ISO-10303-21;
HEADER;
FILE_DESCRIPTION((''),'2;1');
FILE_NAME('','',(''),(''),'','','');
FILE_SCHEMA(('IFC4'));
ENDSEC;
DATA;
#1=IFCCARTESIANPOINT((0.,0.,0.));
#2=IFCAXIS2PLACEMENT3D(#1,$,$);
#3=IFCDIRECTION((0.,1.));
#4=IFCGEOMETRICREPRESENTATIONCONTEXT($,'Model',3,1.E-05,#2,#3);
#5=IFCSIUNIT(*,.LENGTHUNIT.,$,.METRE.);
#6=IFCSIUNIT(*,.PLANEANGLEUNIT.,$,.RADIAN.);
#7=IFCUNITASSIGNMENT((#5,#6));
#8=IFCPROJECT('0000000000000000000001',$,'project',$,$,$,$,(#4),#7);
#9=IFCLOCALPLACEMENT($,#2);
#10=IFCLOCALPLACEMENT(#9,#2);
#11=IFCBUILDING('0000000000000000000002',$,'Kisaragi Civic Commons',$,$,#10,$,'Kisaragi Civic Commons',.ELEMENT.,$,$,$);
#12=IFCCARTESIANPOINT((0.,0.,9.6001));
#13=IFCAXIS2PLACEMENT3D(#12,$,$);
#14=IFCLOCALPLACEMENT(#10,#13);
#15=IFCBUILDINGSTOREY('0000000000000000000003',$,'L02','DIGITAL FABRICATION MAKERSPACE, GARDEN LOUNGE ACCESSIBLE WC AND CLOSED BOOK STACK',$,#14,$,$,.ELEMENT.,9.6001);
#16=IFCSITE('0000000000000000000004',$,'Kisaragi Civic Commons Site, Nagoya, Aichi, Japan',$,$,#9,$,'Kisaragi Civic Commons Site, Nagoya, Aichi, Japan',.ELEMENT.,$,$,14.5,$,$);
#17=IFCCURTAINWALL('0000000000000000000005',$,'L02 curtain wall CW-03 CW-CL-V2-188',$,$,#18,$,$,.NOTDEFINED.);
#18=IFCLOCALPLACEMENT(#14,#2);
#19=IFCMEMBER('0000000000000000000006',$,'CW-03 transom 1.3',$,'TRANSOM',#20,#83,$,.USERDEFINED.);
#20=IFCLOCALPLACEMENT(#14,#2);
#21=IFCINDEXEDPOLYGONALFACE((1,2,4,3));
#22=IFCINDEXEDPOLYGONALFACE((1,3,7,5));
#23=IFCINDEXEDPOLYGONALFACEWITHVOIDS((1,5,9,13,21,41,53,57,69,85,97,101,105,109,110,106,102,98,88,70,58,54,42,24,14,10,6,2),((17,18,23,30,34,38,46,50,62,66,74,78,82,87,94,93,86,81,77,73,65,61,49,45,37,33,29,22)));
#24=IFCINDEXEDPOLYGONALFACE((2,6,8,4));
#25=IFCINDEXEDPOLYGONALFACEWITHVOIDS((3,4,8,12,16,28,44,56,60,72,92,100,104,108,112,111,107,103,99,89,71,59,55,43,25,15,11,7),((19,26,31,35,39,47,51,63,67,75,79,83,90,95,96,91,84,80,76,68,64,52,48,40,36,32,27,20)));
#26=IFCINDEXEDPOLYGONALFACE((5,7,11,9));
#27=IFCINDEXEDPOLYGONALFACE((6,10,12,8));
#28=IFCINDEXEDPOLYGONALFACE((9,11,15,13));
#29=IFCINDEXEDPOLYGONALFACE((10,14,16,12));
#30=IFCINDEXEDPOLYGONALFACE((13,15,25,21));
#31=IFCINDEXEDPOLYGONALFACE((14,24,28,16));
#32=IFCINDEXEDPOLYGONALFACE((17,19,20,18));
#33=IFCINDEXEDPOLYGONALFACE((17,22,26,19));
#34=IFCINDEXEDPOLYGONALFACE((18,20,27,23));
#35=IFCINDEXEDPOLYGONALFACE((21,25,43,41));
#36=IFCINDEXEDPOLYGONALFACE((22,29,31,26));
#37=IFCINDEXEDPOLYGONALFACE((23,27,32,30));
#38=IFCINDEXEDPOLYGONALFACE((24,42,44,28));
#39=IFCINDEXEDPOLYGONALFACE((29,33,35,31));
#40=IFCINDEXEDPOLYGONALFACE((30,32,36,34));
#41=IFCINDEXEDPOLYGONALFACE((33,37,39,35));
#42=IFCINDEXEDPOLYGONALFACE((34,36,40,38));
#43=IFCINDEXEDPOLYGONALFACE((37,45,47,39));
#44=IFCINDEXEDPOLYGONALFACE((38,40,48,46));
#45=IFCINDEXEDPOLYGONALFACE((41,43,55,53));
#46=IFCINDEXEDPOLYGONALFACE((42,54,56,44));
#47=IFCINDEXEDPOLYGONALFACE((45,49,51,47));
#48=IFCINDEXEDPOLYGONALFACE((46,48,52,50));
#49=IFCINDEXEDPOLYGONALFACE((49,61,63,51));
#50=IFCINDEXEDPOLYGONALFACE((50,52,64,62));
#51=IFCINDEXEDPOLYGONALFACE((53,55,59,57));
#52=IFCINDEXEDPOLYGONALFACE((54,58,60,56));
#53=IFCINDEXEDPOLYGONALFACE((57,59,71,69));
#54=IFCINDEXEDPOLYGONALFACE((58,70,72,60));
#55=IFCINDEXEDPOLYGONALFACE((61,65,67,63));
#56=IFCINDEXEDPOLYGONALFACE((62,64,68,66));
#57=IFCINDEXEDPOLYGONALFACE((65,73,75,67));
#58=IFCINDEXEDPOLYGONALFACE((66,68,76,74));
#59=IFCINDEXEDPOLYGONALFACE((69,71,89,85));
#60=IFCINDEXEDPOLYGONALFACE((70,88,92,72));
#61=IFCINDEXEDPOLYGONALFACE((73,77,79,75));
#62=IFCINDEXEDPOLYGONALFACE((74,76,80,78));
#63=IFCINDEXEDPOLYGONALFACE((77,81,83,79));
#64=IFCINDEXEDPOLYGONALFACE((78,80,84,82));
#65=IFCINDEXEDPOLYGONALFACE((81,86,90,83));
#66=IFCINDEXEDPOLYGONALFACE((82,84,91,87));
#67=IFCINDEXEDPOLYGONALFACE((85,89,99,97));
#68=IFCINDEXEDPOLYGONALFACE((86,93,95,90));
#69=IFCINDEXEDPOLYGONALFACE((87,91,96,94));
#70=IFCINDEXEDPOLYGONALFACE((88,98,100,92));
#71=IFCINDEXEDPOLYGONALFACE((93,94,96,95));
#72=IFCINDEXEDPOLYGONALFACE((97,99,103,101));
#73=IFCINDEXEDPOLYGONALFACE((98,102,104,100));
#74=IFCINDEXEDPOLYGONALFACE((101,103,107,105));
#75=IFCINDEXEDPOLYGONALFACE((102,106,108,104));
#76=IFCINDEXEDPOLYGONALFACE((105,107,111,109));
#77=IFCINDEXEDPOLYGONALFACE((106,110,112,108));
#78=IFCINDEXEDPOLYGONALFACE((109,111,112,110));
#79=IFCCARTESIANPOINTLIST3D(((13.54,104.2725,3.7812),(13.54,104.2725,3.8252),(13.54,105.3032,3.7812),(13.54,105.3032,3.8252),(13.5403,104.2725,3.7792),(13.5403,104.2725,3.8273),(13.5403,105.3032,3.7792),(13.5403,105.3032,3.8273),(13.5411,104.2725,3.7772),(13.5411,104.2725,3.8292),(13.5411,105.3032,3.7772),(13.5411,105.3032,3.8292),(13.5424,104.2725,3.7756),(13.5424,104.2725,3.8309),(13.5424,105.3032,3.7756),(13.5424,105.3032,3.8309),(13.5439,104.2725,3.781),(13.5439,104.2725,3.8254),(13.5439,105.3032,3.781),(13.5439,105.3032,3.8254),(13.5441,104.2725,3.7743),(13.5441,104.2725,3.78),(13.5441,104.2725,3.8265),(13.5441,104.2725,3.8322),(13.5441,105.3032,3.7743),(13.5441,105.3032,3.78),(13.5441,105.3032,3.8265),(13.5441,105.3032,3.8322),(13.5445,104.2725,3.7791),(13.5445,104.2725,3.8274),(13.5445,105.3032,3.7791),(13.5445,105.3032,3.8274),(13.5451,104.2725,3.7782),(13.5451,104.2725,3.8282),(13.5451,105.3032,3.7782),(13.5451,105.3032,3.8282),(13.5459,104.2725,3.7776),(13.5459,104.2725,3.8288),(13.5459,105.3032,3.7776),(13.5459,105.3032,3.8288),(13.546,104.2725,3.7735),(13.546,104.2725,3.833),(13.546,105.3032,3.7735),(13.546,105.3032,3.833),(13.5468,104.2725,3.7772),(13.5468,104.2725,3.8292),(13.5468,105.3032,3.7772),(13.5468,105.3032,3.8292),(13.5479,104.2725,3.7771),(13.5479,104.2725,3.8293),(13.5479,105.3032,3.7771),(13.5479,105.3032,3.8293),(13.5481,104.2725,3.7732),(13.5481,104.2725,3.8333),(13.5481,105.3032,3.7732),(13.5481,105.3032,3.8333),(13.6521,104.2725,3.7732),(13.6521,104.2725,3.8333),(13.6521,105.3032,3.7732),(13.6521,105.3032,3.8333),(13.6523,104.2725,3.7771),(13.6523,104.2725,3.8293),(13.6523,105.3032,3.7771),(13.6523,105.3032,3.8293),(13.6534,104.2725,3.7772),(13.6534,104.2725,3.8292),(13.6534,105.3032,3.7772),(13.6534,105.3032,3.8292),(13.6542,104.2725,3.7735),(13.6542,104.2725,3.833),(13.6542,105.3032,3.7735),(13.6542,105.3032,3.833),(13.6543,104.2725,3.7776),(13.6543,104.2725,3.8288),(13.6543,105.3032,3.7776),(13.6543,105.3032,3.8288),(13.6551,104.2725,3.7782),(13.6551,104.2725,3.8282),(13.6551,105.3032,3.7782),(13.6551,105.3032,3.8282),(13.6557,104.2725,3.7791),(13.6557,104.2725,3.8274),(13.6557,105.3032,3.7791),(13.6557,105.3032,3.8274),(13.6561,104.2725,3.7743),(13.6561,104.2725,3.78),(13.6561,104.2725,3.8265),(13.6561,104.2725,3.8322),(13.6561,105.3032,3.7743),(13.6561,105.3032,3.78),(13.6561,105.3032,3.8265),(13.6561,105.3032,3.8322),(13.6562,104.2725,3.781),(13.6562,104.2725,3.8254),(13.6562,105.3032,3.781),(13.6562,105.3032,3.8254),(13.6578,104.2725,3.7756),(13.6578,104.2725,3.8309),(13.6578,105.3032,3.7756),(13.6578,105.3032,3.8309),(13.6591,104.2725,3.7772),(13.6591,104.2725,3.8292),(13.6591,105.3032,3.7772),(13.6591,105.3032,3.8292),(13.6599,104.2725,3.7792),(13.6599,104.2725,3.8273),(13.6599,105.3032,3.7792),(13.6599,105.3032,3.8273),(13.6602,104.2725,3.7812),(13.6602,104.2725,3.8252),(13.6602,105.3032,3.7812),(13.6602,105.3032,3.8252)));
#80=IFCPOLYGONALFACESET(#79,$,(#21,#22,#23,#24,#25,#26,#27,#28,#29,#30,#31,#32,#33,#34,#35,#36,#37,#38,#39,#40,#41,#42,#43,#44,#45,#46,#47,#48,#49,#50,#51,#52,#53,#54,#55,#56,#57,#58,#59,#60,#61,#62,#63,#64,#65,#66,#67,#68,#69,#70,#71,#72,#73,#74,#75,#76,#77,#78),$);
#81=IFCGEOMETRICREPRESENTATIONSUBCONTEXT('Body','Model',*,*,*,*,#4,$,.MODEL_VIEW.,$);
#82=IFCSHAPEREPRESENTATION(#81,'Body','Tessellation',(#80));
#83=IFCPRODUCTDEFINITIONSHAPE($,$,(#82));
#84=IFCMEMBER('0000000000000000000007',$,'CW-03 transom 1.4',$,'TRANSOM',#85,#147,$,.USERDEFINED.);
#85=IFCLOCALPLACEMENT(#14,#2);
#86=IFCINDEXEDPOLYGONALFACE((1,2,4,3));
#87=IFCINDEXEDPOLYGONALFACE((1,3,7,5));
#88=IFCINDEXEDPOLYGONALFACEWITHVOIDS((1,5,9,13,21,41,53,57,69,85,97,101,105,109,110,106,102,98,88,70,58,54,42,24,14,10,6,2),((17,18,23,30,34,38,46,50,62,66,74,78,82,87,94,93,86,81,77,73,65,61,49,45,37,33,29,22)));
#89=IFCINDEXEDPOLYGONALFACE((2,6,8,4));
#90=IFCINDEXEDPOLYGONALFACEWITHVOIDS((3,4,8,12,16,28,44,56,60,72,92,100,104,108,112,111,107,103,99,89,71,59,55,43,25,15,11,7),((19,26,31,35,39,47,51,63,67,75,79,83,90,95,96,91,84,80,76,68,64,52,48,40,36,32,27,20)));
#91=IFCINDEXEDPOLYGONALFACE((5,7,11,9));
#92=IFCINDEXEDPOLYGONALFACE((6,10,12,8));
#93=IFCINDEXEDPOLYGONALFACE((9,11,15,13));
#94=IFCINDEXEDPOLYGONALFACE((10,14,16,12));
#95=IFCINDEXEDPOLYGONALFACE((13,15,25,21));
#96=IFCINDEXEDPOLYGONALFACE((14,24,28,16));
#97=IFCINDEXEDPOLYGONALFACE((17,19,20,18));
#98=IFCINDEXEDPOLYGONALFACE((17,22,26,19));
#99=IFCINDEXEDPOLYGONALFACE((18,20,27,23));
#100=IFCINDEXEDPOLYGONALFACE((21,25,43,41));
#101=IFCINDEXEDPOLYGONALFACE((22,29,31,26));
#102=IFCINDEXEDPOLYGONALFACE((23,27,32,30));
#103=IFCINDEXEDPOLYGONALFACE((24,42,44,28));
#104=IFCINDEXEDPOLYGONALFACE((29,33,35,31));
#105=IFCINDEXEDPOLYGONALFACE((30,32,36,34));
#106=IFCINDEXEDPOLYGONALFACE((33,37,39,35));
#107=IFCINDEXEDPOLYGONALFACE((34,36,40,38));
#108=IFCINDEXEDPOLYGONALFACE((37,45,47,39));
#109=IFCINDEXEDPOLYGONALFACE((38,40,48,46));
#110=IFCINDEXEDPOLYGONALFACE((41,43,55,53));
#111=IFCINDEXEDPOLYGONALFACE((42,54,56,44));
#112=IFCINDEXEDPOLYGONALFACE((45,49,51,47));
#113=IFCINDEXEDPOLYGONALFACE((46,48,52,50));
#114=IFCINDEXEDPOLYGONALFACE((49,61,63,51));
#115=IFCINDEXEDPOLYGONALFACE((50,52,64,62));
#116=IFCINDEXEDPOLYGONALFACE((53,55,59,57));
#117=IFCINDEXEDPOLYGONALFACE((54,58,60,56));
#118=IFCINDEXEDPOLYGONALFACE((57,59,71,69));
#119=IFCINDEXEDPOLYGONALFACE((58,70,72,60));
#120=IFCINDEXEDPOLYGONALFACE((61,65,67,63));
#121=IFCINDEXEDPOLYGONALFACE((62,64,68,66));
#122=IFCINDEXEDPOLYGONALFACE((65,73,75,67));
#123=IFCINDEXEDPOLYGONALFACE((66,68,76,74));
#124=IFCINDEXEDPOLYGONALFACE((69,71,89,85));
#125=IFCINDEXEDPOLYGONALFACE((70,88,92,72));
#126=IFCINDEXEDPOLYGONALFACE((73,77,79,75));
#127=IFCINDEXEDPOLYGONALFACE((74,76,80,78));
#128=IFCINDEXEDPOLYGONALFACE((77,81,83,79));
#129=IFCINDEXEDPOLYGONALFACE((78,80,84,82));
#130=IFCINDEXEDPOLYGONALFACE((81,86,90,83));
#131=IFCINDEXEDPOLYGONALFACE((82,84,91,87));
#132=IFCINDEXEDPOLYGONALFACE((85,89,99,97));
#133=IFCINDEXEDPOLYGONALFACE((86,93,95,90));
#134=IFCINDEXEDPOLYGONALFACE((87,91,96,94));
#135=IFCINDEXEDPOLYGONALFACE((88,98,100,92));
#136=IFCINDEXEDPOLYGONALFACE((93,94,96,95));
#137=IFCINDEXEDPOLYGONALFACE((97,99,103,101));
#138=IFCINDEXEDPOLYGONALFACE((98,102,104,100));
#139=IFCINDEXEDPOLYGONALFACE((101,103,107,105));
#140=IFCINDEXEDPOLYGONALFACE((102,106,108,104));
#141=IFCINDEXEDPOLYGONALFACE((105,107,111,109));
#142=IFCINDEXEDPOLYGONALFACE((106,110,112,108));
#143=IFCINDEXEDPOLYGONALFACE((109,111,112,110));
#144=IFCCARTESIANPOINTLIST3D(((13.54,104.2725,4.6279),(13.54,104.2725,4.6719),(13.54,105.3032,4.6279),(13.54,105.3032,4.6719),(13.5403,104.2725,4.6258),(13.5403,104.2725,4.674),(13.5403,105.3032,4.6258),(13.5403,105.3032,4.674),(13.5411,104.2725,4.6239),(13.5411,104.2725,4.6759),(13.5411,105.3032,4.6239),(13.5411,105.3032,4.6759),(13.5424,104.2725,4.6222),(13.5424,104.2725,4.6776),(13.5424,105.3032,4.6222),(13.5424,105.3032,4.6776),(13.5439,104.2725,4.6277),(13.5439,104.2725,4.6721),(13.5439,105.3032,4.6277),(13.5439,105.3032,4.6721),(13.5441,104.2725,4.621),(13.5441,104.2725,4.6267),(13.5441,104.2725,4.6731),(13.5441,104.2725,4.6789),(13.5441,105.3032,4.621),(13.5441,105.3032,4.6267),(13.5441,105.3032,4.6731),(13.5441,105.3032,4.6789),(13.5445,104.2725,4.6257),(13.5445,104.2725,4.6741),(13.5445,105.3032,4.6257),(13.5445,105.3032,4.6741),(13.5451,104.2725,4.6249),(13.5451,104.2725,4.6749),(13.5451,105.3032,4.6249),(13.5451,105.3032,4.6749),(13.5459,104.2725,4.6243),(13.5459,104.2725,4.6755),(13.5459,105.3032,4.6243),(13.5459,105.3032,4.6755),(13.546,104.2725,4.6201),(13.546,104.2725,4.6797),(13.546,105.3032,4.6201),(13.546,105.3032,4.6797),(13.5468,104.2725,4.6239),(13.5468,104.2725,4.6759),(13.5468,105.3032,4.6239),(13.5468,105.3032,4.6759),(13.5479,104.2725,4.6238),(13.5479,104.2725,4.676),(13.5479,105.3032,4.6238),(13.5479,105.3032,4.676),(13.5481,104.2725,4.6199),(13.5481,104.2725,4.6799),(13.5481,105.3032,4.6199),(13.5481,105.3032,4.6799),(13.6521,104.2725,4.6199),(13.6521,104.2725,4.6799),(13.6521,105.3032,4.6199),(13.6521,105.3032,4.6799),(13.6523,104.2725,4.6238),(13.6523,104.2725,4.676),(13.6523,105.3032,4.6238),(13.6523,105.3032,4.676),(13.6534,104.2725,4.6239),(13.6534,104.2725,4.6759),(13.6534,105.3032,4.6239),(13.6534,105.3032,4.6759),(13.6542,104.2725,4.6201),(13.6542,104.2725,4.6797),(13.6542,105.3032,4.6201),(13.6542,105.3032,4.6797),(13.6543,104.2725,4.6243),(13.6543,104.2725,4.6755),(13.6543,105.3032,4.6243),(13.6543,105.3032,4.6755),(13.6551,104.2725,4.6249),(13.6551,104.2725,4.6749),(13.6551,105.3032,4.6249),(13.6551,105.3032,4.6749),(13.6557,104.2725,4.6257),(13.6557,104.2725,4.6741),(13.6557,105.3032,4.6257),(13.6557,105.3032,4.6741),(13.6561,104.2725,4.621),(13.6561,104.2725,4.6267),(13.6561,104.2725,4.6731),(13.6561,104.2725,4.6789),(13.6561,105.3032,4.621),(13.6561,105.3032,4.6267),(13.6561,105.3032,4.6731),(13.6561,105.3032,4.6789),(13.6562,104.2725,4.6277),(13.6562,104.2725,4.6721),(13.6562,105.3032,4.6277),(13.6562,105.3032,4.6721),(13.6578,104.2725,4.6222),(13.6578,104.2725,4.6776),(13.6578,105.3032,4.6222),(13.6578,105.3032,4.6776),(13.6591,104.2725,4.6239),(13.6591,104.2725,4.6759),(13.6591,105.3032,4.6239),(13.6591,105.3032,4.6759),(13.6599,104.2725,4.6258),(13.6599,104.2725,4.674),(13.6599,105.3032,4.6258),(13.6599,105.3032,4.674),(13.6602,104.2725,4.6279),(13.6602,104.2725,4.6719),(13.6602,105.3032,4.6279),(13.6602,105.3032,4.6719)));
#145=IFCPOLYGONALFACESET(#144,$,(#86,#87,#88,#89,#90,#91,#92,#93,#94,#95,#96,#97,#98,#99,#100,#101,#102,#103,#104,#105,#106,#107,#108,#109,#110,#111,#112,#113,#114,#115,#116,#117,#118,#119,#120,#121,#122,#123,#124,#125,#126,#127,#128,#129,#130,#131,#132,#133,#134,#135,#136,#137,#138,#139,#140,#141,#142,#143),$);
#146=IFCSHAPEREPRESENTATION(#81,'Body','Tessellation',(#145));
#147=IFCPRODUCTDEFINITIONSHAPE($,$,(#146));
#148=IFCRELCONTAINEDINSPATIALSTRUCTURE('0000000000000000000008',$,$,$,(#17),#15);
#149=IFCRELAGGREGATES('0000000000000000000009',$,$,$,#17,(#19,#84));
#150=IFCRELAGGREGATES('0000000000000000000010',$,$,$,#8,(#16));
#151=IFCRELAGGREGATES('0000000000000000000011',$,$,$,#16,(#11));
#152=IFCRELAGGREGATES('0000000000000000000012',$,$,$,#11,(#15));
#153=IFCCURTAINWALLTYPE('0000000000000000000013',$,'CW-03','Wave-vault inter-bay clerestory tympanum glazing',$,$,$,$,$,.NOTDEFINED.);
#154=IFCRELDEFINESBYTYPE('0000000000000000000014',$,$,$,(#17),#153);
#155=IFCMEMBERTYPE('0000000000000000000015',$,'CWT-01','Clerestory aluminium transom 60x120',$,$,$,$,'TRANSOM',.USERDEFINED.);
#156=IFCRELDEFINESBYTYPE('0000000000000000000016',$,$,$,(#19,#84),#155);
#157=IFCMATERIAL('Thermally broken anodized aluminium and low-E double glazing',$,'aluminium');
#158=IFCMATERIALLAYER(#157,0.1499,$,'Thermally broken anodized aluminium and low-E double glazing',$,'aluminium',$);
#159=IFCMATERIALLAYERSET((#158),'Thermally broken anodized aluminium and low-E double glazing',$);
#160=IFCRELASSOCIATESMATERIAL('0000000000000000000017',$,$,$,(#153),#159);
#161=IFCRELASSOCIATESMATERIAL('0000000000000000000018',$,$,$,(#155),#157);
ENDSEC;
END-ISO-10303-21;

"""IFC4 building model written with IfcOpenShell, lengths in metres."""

from ifc_helpers import new_model, si_unit, direction, frame, origin, origin_2d, place, context, subcontext, project, spatial, hollow_rectangle, extrude, material, layer, layer_set, material_profile, profile_set, type_object, element, aggregate, save


model = new_model("IFC4")

# Units and contexts
model_context = context("Model", 3, precision=1e-05, world=origin(), true_north=direction((0.0, 1.0)))
body_context = subcontext(model_context, "Body", "Model", "MODEL_VIEW")
ifc_project = project(units=[si_unit("LENGTHUNIT", "METRE"), si_unit("PLANEANGLEUNIT", "RADIAN")], contexts=[model_context])

# Site, building, storey
site_placement = place(None, origin())
site = spatial("IfcSite", under=ifc_project, at=site_placement, Name="Kisaragi Civic Commons Site, Nagoya, Aichi, Japan", LongName="Kisaragi Civic Commons Site, Nagoya, Aichi, Japan", CompositionType="ELEMENT", RefElevation=14.5)
building_placement = place(site_placement, origin())
building = spatial("IfcBuilding", under=site, at=building_placement, Name="Kisaragi Civic Commons", LongName="Kisaragi Civic Commons", CompositionType="ELEMENT")
storey_placement = place(building_placement, frame((0.0, 0.0, 9.6001)))
storey = spatial("IfcBuildingStorey", under=building, at=storey_placement, Name="L02", Description="DIGITAL FABRICATION MAKERSPACE, GARDEN LOUNGE ACCESSIBLE WC AND CLOSED BOOK STACK", CompositionType="ELEMENT", Elevation=9.6001)

# Shared definitions
ifc_material_1 = material(Name="Thermally broken anodized aluminium and low-E double glazing", Category="aluminium")
ifc_layer_1 = layer(ifc_material_1, 0.1499, Name="Thermally broken anodized aluminium and low-E double glazing", Category="aluminium")
ifc_layer_set_1 = layer_set([ifc_layer_1], Name="Thermally broken anodized aluminium and low-E double glazing")
curtain_wall_type = type_object("IfcCurtainWallType", Name="CW-03", Description="Wave-vault inter-bay clerestory tympanum glazing", PredefinedType="NOTDEFINED", material=ifc_layer_set_1)

# Curtain wall
curtain_wall_1_placement = place(storey_placement, origin())
curtain_wall_1 = element("IfcCurtainWall", 1, at=curtain_wall_1_placement, inside=storey, type_object=curtain_wall_type, Name="L02 curtain wall CW-03 CW-CL-V2-188", PredefinedType="NOTDEFINED")

# Members
ifc_material_profile_1 = material_profile(ifc_material_1, hollow_rectangle(XDim=0.1201, YDim=0.0601, WallThickness=0.0039, InnerFilletRadius=0.0039, OuterFilletRadius=0.0081, at=origin_2d()), Name="CWT-60x120x4", Category="aluminium")
ifc_profile_set_1 = profile_set([ifc_material_profile_1], Name="Thermally broken anodized aluminium and low-E double glazing")
member_type_1 = type_object("IfcMemberType", Name="CWT-01", Description="Clerestory aluminium transom 60x120", ElementType="TRANSOM", PredefinedType="USERDEFINED", material=ifc_profile_set_1)
member_1_placement = place(storey_placement, frame((13.6001, 104.2725, 3.8032), z_axis=(0.0, 1.0, 0.0), x_axis=(-1.0, 0.0, 0.0)))
member_1 = element("IfcMember", 2, at=member_1_placement, type_object=member_type_1, Name="CW-03 transom 1.3", ObjectType="TRANSOM", PredefinedType="USERDEFINED", context=body_context, shape_type="SweptSolid", body=[
    extrude(hollow_rectangle(XDim=0.1201, YDim=0.0601, WallThickness=0.0039, InnerFilletRadius=0.0039, OuterFilletRadius=0.0081, at=origin_2d()), origin(), (0.0, 0.0, 1.0), 1.0308),
])
member_2_placement = place(storey_placement, frame((13.6001, 104.2725, 4.6499), z_axis=(0.0, 1.0, 0.0), x_axis=(-1.0, 0.0, 0.0)))
member_2 = element("IfcMember", 3, at=member_2_placement, type_object=member_type_1, Name="CW-03 transom 1.4", ObjectType="TRANSOM", PredefinedType="USERDEFINED", context=body_context, shape_type="SweptSolid", body=[
    extrude(hollow_rectangle(XDim=0.1201, YDim=0.0601, WallThickness=0.0039, InnerFilletRadius=0.0039, OuterFilletRadius=0.0081, at=origin_2d()), origin(), (0.0, 0.0, 1.0), 1.0308),
])

aggregate(curtain_wall_1, [member_1, member_2])

save(model, "model.ifc")
